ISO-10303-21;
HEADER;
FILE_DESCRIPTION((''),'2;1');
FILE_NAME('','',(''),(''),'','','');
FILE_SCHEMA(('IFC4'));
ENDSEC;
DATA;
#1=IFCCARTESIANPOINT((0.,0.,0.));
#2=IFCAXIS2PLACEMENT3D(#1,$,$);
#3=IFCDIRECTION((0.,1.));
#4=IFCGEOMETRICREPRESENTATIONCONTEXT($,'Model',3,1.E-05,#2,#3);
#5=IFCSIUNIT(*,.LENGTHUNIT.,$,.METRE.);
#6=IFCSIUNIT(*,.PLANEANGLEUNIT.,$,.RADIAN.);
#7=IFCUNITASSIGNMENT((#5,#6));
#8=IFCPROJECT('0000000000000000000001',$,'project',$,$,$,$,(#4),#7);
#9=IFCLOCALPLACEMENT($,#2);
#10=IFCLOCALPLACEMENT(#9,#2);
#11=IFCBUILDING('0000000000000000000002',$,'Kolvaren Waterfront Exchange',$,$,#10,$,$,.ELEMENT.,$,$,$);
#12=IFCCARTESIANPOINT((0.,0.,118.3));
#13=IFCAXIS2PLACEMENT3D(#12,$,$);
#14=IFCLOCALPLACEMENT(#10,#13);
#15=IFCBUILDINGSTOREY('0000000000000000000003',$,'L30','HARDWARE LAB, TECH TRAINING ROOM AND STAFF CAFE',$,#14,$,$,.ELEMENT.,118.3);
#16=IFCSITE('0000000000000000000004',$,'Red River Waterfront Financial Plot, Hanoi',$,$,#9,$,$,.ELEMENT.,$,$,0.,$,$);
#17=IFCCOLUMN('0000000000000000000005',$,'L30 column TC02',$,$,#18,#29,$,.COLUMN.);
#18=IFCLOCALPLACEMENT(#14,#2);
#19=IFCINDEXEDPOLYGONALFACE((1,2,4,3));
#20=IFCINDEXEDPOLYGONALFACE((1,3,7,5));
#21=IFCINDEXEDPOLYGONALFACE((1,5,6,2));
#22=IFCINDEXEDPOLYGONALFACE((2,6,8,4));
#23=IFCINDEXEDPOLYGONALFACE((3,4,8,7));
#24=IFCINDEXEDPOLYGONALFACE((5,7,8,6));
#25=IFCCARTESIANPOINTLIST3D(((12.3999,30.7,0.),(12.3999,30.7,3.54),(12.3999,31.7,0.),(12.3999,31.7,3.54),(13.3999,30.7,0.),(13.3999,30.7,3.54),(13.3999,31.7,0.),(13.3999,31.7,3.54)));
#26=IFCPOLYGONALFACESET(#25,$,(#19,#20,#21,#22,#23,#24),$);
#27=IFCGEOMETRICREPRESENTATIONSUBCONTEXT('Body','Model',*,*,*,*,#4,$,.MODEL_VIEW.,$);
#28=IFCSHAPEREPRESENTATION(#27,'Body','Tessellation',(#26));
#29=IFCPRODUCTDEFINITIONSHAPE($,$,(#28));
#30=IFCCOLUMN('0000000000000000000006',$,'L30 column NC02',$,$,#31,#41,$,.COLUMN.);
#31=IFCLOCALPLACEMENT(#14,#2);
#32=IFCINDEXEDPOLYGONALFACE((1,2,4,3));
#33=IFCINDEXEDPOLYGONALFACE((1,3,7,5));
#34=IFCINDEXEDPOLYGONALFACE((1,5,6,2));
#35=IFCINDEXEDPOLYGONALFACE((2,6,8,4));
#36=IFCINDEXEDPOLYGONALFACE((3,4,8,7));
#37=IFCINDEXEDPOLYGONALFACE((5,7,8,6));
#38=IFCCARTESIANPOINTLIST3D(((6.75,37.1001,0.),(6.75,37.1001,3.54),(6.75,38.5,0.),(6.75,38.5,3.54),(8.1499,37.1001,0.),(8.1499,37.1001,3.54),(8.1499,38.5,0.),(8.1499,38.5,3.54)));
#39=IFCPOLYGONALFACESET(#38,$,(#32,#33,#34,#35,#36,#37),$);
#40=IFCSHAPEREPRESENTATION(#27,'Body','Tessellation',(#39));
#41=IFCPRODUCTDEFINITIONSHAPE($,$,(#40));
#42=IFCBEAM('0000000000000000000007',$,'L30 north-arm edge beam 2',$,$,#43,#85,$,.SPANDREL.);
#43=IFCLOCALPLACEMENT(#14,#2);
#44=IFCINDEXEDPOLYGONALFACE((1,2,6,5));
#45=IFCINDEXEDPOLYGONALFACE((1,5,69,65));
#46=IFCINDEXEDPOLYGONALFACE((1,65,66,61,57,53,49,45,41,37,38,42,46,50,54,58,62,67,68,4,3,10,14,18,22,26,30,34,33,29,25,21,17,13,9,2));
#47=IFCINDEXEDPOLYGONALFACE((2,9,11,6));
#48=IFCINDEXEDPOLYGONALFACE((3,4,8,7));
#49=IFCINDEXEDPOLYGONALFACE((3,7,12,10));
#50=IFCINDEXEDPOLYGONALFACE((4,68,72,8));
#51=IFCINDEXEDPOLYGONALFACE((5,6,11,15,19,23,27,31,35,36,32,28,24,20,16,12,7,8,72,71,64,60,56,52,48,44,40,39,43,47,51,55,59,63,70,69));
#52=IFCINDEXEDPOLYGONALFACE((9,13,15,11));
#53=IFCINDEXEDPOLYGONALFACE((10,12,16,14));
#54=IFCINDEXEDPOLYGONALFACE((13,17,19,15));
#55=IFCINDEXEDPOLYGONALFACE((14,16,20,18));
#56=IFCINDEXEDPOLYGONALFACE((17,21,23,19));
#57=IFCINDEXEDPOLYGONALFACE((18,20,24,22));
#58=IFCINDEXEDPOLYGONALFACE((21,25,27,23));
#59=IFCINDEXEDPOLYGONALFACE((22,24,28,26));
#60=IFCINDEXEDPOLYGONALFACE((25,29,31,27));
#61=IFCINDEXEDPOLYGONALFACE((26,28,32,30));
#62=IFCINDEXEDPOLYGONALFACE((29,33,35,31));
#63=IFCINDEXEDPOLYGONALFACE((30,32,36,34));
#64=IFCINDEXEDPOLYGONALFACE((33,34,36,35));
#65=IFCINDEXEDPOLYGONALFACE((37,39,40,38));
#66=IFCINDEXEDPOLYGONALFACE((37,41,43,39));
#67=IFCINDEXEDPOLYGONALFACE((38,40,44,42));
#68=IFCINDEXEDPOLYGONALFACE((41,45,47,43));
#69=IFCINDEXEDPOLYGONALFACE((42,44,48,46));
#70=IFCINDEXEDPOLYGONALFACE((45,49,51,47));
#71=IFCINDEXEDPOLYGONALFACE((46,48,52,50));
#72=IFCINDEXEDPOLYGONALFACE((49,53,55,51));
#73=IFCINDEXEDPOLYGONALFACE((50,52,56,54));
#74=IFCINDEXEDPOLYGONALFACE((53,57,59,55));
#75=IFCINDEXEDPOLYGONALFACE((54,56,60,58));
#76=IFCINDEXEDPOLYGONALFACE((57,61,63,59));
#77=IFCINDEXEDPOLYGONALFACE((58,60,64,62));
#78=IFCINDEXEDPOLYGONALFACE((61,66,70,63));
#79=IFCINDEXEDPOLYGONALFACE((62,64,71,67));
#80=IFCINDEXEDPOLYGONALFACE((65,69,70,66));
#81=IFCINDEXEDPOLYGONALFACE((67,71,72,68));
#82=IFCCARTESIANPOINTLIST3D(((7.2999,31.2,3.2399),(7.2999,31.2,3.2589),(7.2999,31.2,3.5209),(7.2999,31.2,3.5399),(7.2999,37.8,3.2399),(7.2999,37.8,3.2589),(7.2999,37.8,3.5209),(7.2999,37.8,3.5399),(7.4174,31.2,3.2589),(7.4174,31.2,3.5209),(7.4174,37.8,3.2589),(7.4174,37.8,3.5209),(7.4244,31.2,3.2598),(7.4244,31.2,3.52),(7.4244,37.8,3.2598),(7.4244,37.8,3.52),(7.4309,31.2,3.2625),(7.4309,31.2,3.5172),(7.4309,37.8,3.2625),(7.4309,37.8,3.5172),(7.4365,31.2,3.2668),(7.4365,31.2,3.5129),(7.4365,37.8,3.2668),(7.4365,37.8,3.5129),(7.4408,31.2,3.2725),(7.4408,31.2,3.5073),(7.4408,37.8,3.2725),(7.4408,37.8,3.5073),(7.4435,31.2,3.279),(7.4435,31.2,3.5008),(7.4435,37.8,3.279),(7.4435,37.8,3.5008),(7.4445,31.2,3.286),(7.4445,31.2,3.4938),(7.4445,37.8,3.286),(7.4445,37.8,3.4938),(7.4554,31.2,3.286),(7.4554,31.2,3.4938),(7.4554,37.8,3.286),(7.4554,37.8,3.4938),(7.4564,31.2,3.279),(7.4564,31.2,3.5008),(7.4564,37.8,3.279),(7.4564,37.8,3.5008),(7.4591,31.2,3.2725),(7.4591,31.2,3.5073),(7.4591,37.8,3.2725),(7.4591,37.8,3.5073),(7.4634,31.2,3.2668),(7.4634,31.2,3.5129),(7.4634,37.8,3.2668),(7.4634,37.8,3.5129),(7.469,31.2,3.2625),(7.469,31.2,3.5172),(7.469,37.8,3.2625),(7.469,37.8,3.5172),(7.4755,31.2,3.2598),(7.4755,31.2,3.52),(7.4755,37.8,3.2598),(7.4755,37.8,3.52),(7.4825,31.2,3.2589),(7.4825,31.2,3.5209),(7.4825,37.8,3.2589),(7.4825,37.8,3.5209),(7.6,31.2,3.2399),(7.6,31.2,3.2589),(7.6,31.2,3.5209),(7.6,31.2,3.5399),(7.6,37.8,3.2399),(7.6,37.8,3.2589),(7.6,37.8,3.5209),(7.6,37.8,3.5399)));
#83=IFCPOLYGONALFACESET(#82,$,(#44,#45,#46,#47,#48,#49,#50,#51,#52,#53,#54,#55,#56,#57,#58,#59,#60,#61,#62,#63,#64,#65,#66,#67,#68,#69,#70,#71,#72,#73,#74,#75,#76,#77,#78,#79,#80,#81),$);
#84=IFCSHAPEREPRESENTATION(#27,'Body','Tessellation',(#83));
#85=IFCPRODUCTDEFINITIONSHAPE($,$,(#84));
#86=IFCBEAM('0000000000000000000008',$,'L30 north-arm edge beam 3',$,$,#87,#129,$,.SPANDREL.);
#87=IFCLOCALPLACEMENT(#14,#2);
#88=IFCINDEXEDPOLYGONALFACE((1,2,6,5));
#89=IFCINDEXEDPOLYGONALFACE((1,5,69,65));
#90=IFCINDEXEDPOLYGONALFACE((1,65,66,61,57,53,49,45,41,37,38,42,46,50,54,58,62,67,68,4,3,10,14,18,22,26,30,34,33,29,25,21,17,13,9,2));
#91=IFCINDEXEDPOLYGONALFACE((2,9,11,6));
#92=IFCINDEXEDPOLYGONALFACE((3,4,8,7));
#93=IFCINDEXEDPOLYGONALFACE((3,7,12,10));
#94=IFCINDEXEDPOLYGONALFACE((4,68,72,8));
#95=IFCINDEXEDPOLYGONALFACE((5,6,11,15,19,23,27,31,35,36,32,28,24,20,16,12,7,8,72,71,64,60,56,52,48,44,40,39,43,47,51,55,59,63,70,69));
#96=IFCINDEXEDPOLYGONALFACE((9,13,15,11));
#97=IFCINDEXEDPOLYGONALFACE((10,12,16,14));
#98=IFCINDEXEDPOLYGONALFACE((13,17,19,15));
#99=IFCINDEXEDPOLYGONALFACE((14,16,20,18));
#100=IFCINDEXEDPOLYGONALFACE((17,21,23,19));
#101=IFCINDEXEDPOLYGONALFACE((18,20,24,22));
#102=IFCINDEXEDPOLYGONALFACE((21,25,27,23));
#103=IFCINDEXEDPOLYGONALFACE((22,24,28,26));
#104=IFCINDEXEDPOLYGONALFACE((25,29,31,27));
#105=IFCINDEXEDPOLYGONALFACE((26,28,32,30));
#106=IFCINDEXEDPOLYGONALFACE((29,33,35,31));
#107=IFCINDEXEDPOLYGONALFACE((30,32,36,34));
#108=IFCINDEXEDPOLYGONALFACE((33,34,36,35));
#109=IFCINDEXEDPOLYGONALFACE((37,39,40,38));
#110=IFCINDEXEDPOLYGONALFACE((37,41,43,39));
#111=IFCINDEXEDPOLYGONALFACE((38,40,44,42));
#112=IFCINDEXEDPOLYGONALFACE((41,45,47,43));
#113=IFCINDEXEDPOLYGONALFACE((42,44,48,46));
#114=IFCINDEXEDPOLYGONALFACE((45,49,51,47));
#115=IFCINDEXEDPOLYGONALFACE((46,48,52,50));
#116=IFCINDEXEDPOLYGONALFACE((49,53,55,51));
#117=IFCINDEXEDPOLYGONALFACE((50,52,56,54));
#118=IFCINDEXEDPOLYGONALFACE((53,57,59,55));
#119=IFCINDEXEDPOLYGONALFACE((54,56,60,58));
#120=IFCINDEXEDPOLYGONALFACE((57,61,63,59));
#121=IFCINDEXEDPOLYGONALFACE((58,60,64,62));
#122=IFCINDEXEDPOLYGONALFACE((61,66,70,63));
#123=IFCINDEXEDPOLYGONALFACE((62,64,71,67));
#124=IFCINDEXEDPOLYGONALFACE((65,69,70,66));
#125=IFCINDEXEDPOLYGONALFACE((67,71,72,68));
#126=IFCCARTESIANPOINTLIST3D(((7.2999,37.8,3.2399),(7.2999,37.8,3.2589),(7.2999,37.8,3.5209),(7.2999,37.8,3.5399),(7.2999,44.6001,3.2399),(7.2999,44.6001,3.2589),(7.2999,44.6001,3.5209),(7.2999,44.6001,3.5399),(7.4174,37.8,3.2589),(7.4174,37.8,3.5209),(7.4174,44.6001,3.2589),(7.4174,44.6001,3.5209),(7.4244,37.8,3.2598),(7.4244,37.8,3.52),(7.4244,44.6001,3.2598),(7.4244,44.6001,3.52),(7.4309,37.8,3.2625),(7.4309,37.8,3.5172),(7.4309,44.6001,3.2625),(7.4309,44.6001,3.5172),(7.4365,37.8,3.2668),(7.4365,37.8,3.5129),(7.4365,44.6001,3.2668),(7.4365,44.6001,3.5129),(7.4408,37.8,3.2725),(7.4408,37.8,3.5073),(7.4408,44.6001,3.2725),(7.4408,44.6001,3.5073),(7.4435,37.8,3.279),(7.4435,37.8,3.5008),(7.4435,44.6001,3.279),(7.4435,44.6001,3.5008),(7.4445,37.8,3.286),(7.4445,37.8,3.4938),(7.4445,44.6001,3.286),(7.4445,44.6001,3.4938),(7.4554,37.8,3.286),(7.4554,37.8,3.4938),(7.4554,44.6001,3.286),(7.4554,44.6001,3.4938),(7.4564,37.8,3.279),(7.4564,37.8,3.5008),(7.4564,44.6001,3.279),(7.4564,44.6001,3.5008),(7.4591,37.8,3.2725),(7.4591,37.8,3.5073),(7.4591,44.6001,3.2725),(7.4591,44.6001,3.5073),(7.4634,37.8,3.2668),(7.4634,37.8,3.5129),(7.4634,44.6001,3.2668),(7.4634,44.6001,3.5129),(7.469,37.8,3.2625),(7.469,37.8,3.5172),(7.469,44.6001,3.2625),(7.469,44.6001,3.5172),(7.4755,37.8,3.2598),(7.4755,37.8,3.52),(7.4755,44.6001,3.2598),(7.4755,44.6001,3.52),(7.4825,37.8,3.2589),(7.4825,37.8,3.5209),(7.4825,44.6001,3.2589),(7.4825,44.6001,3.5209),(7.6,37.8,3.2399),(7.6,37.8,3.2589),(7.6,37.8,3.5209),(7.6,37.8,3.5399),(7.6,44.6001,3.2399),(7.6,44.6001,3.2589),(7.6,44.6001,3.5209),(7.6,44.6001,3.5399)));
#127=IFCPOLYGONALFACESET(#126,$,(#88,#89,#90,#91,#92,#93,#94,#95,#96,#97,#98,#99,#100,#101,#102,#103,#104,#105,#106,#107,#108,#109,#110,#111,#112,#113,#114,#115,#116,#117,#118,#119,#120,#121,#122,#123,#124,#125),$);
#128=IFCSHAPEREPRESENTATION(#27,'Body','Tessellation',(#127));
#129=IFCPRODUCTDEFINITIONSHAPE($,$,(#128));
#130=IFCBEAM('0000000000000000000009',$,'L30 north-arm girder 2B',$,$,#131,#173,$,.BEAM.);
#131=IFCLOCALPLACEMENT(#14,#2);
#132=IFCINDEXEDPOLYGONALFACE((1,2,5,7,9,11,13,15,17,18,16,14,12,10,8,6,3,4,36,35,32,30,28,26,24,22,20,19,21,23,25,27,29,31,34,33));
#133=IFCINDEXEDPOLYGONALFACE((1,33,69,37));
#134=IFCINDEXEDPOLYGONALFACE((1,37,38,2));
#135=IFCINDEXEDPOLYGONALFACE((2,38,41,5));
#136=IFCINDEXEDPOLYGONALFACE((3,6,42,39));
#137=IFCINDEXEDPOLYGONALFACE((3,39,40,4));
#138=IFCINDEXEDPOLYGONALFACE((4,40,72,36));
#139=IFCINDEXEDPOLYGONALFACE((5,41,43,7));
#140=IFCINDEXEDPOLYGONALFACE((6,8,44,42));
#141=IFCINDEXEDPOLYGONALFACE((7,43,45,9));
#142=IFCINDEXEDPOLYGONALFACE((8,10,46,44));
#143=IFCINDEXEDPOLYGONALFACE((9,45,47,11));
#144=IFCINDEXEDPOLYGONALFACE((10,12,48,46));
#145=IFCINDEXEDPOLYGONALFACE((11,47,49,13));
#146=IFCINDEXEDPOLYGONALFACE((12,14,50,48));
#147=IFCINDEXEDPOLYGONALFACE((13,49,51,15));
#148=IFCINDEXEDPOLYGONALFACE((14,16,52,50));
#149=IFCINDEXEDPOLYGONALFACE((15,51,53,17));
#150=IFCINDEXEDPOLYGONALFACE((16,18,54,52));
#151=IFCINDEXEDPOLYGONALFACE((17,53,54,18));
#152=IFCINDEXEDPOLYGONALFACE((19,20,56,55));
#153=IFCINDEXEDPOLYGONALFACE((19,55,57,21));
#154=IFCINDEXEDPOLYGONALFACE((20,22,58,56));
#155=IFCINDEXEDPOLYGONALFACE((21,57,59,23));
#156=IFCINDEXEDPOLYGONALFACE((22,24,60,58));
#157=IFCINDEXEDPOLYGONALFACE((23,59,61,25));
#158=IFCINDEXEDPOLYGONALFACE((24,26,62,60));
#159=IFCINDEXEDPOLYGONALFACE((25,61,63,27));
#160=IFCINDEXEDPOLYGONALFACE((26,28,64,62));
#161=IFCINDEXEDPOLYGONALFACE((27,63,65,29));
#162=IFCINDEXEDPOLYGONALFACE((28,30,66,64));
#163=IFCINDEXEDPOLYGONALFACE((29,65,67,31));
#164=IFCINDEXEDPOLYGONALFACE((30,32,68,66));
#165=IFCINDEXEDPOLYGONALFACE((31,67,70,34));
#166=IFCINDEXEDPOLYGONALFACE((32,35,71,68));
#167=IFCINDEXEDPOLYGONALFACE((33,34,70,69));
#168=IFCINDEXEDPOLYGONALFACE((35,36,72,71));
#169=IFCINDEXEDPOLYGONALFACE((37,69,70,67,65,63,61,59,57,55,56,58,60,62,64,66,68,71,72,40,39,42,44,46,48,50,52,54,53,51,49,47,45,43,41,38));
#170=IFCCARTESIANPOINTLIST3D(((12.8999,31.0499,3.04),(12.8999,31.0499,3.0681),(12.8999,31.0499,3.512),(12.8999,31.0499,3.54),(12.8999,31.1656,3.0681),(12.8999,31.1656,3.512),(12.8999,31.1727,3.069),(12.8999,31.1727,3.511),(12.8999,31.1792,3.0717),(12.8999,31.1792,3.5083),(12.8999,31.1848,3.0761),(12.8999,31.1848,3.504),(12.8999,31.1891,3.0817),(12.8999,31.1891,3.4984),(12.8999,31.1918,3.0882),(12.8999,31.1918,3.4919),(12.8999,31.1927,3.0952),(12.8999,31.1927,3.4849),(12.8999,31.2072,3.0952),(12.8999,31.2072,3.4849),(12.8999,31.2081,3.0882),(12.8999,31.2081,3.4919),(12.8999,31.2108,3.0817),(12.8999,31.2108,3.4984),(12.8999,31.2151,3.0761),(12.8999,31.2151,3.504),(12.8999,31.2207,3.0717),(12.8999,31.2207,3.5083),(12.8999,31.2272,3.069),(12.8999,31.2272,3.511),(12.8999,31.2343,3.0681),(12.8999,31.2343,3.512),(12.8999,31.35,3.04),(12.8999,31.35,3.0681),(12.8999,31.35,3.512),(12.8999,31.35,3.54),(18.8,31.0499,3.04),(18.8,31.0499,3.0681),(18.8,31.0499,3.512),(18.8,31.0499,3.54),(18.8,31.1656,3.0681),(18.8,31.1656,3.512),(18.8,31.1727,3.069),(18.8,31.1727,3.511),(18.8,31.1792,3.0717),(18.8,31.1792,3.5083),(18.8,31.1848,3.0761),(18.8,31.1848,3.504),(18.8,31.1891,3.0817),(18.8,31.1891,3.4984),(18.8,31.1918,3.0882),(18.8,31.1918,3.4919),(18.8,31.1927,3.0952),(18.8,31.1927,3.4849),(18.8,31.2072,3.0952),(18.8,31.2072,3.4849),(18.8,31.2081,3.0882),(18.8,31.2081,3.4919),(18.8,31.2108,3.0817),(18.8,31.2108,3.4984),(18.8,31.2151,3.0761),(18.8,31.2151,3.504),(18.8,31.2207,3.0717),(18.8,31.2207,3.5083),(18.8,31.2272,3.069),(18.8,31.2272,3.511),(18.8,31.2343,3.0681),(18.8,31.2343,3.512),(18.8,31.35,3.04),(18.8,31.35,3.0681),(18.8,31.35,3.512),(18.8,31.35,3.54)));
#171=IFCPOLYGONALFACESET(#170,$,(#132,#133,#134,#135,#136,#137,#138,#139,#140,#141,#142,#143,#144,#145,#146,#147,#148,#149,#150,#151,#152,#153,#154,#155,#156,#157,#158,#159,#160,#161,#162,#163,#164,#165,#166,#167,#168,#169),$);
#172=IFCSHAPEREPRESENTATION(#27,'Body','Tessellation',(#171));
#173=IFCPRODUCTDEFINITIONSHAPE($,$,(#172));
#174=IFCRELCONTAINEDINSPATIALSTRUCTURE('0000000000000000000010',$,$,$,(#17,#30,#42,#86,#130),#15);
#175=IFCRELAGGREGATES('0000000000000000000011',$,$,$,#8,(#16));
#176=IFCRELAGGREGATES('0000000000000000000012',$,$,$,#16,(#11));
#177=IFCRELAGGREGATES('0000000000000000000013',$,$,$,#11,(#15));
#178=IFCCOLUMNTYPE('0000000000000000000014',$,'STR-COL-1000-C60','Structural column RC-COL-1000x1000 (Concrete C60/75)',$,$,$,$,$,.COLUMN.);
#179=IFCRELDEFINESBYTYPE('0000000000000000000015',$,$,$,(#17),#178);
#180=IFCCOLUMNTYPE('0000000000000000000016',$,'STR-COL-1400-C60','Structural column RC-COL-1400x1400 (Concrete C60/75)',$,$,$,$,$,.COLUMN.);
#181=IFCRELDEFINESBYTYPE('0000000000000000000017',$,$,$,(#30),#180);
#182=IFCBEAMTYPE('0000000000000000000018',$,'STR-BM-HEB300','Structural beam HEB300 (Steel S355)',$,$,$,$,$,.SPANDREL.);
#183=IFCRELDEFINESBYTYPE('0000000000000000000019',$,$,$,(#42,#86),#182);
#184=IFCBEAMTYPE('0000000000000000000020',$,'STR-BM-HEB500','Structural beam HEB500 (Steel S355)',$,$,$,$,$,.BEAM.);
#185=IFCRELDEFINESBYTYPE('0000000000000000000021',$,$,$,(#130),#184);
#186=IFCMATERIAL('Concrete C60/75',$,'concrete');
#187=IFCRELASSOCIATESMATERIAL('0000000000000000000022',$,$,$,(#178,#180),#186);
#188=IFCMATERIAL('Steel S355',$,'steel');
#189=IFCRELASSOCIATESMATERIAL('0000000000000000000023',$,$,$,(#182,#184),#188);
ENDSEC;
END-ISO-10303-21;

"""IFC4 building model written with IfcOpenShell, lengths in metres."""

from ifc_helpers import new_model, si_unit, direction, frame, origin, origin_2d, place, context, subcontext, project, spatial, rectangle, i_section, extrude, material, material_profile, profile_set, type_object, element, save


model = new_model("IFC4")

# Units and contexts
model_context = context("Model", 3, precision=1e-05, world=origin(), true_north=direction((0.0, 1.0)))
body_context = subcontext(model_context, "Body", "Model", "MODEL_VIEW")
ifc_project = project(units=[si_unit("LENGTHUNIT", "METRE"), si_unit("PLANEANGLEUNIT", "RADIAN")], contexts=[model_context])

# Site, building, storey
site_placement = place(None, origin())
site = spatial("IfcSite", under=ifc_project, at=site_placement, Name="Red River Waterfront Financial Plot, Hanoi", CompositionType="ELEMENT", RefElevation=0.0)
building_placement = place(site_placement, origin())
building = spatial("IfcBuilding", under=site, at=building_placement, Name="Kolvaren Waterfront Exchange", CompositionType="ELEMENT")
storey_placement = place(building_placement, frame((0.0, 0.0, 118.3)))
storey = spatial("IfcBuildingStorey", under=building, at=storey_placement, Name="L30", Description="HARDWARE LAB, TECH TRAINING ROOM AND STAFF CAFE", CompositionType="ELEMENT", Elevation=118.3)

# Columns
ifc_material_1 = material(Name="Concrete C60/75", Category="concrete")
ifc_material_profile_1 = material_profile(ifc_material_1, rectangle(XDim=1.0, YDim=1.0, at=origin_2d()), Name="RC-COL-1000x1000")
ifc_profile_set_1 = profile_set([ifc_material_profile_1], Name="Concrete C60/75")
column_type_1 = type_object("IfcColumnType", Name="STR-COL-1000-C60", Description="Structural column RC-COL-1000x1000 (Concrete C60/75)", PredefinedType="COLUMN", material=ifc_profile_set_1)
column_1_placement = place(storey_placement, frame((12.8999, 31.2, 0.0), z_axis=(0.0, 0.0, 1.0), x_axis=(1.0, 0.0, 0.0)))
element("IfcColumn", 1, at=column_1_placement, inside=storey, type_object=column_type_1, Name="L30 column TC02", PredefinedType="COLUMN", context=body_context, shape_type="SweptSolid", body=[
    extrude(rectangle(XDim=1.0, YDim=1.0, at=origin_2d()), origin(), (0.0, 0.0, 1.0), 3.54),
])
ifc_material_profile_2 = material_profile(ifc_material_1, rectangle(XDim=1.3999, YDim=1.3999, at=origin_2d()), Name="RC-COL-1400x1400")
ifc_profile_set_2 = profile_set([ifc_material_profile_2], Name="Concrete C60/75")
column_type_2 = type_object("IfcColumnType", Name="STR-COL-1400-C60", Description="Structural column RC-COL-1400x1400 (Concrete C60/75)", PredefinedType="COLUMN", material=ifc_profile_set_2)
column_2_placement = place(storey_placement, frame((7.45, 37.8, 0.0), z_axis=(0.0, 0.0, 1.0), x_axis=(1.0, 0.0, 0.0)))
element("IfcColumn", 2, at=column_2_placement, inside=storey, type_object=column_type_2, Name="L30 column NC02", PredefinedType="COLUMN", context=body_context, shape_type="SweptSolid", body=[
    extrude(rectangle(XDim=1.3999, YDim=1.3999, at=origin_2d()), origin(), (0.0, 0.0, 1.0), 3.54),
])

# Beams
ifc_material_2 = material(Name="Steel S355", Category="steel")
ifc_material_profile_3 = material_profile(ifc_material_2, i_section(OverallWidth=0.3, OverallDepth=0.3, WebThickness=0.011, FlangeThickness=0.019, FilletRadius=0.0271, at=origin_2d()), Name="HEB300")
ifc_profile_set_3 = profile_set([ifc_material_profile_3], Name="Steel S355")
beam_type_1 = type_object("IfcBeamType", Name="STR-BM-HEB300", Description="Structural beam HEB300 (Steel S355)", PredefinedType="SPANDREL", material=ifc_profile_set_3)
beam_1_placement = place(storey_placement, frame((7.45, 31.2, 3.3899), z_axis=(0.0, 1.0, 0.0), x_axis=(-1.0, 0.0, 0.0)))
element("IfcBeam", 3, at=beam_1_placement, inside=storey, type_object=beam_type_1, Name="L30 north-arm edge beam 2", PredefinedType="SPANDREL", context=body_context, shape_type="SweptSolid", body=[
    extrude(i_section(OverallWidth=0.3, OverallDepth=0.3, WebThickness=0.011, FlangeThickness=0.019, FilletRadius=0.0271, at=origin_2d()), origin(), (0.0, 0.0, 1.0), 6.6001),
])
beam_2_placement = place(storey_placement, frame((7.45, 37.8, 3.3899), z_axis=(0.0, 1.0, 0.0), x_axis=(-1.0, 0.0, 0.0)))
element("IfcBeam", 4, at=beam_2_placement, inside=storey, type_object=beam_type_1, Name="L30 north-arm edge beam 3", PredefinedType="SPANDREL", context=body_context, shape_type="SweptSolid", body=[
    extrude(i_section(OverallWidth=0.3, OverallDepth=0.3, WebThickness=0.011, FlangeThickness=0.019, FilletRadius=0.0271, at=origin_2d()), origin(), (0.0, 0.0, 1.0), 6.8),
])
ifc_material_profile_4 = material_profile(ifc_material_2, i_section(OverallWidth=0.3, OverallDepth=0.5, WebThickness=0.0144, FlangeThickness=0.0281, FilletRadius=0.0271, at=origin_2d()), Name="HEB500")
ifc_profile_set_4 = profile_set([ifc_material_profile_4], Name="Steel S355")
beam_type_2 = type_object("IfcBeamType", Name="STR-BM-HEB500", Description="Structural beam HEB500 (Steel S355)", PredefinedType="BEAM", material=ifc_profile_set_4)
beam_3_placement = place(storey_placement, frame((12.8999, 31.2, 3.29), z_axis=(1.0, 0.0, 0.0), x_axis=(0.0, 1.0, 0.0)))
element("IfcBeam", 5, at=beam_3_placement, inside=storey, type_object=beam_type_2, Name="L30 north-arm girder 2B", PredefinedType="BEAM", context=body_context, shape_type="SweptSolid", body=[
    extrude(i_section(OverallWidth=0.3, OverallDepth=0.5, WebThickness=0.0144, FlangeThickness=0.0281, FilletRadius=0.0271, at=origin_2d()), origin(), (0.0, 0.0, 1.0), 5.9001),
])

save(model, "model.ifc")
